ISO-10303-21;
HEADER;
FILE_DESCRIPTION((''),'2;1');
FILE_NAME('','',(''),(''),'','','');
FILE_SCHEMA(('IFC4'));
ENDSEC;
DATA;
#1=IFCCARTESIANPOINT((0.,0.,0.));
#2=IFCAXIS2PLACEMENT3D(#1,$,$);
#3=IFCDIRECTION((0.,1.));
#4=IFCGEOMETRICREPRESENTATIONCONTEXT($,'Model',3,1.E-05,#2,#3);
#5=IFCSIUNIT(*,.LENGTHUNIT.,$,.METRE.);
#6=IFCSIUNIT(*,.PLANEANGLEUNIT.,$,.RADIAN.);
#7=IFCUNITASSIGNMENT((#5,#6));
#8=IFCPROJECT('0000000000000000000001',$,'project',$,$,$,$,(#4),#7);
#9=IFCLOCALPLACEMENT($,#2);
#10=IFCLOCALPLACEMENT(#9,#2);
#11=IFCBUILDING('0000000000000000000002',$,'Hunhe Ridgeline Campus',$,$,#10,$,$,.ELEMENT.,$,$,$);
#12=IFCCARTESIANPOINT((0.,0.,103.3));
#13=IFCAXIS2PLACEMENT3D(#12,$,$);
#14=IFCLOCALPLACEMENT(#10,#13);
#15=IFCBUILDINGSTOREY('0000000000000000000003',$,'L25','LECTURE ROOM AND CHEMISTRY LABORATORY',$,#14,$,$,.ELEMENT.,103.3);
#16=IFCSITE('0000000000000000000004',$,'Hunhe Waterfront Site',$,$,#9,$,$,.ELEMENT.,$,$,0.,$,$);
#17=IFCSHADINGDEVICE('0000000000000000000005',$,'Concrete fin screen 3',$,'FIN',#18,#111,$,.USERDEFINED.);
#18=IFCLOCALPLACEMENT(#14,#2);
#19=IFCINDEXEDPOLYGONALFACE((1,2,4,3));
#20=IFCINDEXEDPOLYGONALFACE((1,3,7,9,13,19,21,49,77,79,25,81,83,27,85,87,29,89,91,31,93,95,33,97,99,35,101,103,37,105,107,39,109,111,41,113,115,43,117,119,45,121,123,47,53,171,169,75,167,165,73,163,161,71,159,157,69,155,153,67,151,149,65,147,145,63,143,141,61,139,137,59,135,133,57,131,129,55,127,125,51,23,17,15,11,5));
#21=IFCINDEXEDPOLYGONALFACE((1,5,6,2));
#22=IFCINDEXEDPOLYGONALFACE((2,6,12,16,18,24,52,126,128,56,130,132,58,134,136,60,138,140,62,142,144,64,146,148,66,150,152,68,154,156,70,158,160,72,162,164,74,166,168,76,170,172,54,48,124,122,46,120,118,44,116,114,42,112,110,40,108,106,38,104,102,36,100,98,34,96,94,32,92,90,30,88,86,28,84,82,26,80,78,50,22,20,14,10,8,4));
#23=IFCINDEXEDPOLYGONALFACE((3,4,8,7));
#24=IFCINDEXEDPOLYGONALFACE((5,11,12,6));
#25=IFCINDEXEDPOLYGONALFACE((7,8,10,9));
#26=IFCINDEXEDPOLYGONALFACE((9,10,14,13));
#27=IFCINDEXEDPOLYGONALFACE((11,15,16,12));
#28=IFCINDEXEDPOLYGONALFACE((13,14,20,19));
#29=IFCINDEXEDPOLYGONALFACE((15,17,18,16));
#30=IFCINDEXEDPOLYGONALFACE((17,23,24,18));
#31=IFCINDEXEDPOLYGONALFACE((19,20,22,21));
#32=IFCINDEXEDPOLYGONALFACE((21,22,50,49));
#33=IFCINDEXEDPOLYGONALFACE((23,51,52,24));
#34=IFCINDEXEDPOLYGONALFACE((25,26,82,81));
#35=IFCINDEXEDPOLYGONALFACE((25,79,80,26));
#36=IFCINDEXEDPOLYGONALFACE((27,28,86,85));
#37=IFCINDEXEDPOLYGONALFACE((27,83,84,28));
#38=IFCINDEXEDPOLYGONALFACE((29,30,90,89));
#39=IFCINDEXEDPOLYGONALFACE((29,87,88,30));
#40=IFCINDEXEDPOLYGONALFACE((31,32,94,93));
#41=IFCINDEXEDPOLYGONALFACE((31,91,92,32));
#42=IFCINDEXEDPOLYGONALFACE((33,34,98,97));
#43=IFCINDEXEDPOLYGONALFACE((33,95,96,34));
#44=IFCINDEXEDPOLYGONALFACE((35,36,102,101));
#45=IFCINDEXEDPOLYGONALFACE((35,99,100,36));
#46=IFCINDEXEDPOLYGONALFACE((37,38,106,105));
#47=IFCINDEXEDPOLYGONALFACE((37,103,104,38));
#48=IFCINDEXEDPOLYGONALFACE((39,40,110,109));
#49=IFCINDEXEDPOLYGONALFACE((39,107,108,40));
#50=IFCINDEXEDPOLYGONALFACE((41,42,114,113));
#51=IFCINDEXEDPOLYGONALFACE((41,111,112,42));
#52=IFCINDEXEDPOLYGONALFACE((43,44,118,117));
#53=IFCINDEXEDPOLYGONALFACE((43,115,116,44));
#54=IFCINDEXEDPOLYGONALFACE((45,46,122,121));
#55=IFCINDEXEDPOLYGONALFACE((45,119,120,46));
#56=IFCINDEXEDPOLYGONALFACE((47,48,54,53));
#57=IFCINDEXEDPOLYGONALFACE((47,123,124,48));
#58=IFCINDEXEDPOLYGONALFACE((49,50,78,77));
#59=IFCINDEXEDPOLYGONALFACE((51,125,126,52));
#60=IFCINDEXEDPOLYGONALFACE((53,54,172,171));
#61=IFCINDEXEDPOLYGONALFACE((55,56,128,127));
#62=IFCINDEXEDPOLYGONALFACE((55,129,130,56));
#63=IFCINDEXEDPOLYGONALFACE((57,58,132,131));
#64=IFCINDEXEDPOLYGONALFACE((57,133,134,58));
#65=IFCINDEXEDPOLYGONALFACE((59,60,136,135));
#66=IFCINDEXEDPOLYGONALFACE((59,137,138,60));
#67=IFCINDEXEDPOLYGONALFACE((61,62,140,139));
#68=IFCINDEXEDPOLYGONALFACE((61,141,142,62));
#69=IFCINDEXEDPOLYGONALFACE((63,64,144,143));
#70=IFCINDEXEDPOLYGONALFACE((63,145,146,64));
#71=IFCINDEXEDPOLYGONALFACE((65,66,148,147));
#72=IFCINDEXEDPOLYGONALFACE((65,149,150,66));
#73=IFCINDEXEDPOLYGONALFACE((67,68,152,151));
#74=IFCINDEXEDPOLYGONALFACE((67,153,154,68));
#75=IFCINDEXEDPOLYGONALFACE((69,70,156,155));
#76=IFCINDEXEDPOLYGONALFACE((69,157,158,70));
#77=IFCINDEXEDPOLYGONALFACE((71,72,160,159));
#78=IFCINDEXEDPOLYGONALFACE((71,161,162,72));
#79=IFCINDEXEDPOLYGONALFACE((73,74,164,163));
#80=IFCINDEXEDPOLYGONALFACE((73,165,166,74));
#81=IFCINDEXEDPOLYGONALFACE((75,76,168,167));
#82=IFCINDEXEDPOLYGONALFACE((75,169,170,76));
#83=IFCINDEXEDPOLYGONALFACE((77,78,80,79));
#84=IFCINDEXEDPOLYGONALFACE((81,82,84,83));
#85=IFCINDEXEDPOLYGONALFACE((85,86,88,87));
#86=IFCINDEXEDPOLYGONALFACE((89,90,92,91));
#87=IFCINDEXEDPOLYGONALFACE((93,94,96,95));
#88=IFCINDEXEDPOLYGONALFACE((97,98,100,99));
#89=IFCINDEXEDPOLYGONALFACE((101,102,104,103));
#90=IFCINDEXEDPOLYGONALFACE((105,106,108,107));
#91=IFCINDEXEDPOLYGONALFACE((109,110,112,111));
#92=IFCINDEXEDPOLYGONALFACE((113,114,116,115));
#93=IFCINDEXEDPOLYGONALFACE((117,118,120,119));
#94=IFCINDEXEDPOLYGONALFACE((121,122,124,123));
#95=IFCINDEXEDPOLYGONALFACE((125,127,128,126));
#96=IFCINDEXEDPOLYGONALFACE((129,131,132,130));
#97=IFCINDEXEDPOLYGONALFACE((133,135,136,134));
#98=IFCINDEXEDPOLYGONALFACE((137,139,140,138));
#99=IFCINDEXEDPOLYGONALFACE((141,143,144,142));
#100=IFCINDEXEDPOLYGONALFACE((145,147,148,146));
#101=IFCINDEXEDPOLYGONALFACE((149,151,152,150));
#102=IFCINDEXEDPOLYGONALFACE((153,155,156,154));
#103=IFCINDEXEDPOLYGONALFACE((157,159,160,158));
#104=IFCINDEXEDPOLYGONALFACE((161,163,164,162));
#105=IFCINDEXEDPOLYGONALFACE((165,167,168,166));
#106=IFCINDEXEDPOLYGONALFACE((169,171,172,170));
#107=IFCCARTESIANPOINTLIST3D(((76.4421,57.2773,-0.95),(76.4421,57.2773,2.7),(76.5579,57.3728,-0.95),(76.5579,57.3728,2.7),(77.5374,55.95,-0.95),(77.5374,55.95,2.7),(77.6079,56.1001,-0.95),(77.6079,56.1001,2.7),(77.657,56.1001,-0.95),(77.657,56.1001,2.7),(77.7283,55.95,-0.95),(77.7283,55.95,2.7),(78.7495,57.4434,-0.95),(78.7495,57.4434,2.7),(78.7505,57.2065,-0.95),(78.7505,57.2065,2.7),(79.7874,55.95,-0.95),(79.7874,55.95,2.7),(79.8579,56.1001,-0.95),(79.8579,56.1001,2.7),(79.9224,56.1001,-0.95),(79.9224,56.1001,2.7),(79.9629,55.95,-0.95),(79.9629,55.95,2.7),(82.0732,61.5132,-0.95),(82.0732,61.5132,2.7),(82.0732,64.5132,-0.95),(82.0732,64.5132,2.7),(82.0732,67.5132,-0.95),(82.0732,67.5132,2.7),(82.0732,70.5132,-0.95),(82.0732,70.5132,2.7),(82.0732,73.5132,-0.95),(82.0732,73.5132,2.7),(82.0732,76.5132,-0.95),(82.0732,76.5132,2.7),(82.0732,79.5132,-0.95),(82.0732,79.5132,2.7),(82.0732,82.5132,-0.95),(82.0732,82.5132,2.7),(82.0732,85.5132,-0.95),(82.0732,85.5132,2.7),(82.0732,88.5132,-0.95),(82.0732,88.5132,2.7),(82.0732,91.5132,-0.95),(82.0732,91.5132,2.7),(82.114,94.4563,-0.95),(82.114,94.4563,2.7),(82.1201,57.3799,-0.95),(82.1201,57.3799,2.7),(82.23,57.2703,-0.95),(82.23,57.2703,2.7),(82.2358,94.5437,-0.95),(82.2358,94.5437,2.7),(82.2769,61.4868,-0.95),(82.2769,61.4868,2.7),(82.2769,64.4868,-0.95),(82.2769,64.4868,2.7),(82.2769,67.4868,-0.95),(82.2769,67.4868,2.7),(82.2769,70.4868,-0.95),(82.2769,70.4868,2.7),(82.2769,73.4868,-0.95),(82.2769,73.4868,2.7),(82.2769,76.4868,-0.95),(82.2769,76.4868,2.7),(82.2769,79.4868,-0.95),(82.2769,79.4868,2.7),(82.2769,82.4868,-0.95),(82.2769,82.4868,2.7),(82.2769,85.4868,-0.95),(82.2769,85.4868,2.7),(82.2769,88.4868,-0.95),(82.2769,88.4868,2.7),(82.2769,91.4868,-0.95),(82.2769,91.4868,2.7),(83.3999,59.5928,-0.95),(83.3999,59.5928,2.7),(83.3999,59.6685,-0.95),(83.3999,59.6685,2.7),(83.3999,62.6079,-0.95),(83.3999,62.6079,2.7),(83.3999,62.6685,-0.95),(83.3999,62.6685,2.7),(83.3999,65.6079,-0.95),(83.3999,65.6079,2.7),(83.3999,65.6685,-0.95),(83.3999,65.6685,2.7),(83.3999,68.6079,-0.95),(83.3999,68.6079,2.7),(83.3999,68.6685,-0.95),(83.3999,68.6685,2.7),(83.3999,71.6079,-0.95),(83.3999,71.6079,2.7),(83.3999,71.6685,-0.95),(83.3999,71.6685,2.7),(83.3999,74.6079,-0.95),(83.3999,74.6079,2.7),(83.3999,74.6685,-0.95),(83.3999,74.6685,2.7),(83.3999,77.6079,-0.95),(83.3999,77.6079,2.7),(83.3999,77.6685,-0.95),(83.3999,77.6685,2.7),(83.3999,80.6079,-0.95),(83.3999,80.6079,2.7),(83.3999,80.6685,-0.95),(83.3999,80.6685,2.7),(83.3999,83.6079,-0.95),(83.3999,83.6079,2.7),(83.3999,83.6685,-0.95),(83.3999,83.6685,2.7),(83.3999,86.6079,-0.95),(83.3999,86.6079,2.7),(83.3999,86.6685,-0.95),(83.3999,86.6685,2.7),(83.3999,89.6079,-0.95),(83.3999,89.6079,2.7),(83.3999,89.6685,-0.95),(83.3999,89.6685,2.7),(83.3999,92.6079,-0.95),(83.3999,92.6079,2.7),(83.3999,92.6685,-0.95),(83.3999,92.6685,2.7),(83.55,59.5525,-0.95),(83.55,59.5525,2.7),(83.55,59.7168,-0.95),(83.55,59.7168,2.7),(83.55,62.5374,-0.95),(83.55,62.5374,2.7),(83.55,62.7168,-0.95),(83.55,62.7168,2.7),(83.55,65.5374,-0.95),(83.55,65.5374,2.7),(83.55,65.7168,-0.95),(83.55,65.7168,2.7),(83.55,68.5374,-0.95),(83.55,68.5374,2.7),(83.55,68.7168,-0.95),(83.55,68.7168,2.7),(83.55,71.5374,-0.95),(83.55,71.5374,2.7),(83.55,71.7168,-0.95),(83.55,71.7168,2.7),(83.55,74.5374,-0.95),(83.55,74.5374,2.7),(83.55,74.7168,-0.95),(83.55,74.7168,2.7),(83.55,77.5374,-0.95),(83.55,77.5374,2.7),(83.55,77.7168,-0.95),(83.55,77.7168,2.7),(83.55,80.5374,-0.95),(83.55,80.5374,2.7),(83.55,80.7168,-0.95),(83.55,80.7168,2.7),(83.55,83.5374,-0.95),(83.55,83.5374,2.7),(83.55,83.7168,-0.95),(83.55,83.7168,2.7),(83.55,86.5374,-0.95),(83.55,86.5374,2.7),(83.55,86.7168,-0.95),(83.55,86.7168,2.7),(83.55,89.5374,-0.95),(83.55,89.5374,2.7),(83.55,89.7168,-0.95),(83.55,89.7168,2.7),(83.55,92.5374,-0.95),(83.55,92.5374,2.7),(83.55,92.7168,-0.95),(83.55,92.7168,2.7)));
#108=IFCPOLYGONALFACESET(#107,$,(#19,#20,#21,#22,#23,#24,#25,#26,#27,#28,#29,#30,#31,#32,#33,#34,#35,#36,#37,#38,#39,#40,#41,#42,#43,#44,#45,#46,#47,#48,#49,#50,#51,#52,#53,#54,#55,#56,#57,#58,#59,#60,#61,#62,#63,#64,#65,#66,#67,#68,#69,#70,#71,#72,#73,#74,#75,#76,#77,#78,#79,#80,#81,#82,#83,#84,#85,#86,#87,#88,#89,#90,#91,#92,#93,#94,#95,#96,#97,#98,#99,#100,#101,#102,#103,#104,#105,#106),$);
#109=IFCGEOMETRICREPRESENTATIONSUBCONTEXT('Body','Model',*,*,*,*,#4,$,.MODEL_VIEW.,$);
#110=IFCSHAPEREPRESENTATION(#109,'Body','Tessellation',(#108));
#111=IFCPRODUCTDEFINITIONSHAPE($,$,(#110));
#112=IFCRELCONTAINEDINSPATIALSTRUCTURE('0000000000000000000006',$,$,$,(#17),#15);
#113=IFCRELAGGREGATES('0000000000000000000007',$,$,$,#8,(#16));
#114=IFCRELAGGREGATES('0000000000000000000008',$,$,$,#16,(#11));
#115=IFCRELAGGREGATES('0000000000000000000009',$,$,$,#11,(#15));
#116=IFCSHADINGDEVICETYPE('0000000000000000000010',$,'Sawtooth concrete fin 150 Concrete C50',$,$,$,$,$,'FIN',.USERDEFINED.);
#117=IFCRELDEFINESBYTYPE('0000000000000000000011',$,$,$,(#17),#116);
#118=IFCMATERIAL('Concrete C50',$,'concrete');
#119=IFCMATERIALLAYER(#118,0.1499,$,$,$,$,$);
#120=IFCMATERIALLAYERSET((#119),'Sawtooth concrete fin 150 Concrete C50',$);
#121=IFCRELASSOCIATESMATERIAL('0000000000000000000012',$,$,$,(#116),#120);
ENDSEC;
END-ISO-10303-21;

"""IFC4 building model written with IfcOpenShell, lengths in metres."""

from ifc_helpers import new_model, si_unit, direction, frame, origin, place, context, subcontext, project, spatial, polyline, outline, extrude, material, layer, layer_set, type_object, element, save


model = new_model("IFC4")

# Units and contexts
model_context = context("Model", 3, precision=1e-05, world=origin(), true_north=direction((0.0, 1.0)))
body_context = subcontext(model_context, "Body", "Model", "MODEL_VIEW")
ifc_project = project(units=[si_unit("LENGTHUNIT", "METRE"), si_unit("PLANEANGLEUNIT", "RADIAN")], contexts=[model_context])

# Site, building, storey
site_placement = place(None, origin())
site = spatial("IfcSite", under=ifc_project, at=site_placement, Name="Hunhe Waterfront Site", CompositionType="ELEMENT", RefElevation=0.0)
building_placement = place(site_placement, origin())
building = spatial("IfcBuilding", under=site, at=building_placement, Name="Hunhe Ridgeline Campus", CompositionType="ELEMENT")
storey_placement = place(building_placement, frame((0.0, 0.0, 103.3)))
storey = spatial("IfcBuildingStorey", under=building, at=storey_placement, Name="L25", Description="LECTURE ROOM AND CHEMISTRY LABORATORY", CompositionType="ELEMENT", Elevation=103.3)

# Shading device
ifc_material_1 = material(Name="Concrete C50", Category="concrete")
ifc_layer_1 = layer(ifc_material_1, 0.1499)
ifc_layer_set_1 = layer_set([ifc_layer_1], Name="Sawtooth concrete fin 150 Concrete C50")
shading_device_type = type_object("IfcShadingDeviceType", Name="Sawtooth concrete fin 150 Concrete C50", ElementType="FIN", PredefinedType="USERDEFINED", material=ifc_layer_set_1)
shading_device_1_placement = place(storey_placement, frame((0.0, 0.0, -0.95)))
element("IfcShadingDevice", 1, at=shading_device_1_placement, inside=storey, type_object=shading_device_type, Name="Concrete fin screen 3", ObjectType="FIN", PredefinedType="USERDEFINED", context=body_context, shape_type="SweptSolid", body=[
    extrude(outline(polyline([(76.5579, 57.3728), (76.4421, 57.2773), (77.5374, 55.95), (77.7283, 55.95), (78.7505, 57.2065), (79.7874, 55.95), (79.9629, 55.95), (82.23, 57.2703), (83.55, 59.5525), (83.55, 59.7168), (82.2769, 61.4868), (83.55, 62.5374), (83.55, 62.7168), (82.2769, 64.4868), (83.55, 65.5374), (83.55, 65.7168), (82.2769, 67.4868), (83.55, 68.5374), (83.55, 68.7168), (82.2769, 70.4868), (83.55, 71.5374), (83.55, 71.7168), (82.2769, 73.4868), (83.55, 74.5374), (83.55, 74.7168), (82.2769, 76.4868), (83.55, 77.5374), (83.55, 77.7168), (82.2769, 79.4868), (83.55, 80.5374), (83.55, 80.7168), (82.2769, 82.4868), (83.55, 83.5374), (83.55, 83.7168), (82.2769, 85.4868), (83.55, 86.5374), (83.55, 86.7168), (82.2769, 88.4868), (83.55, 89.5374), (83.55, 89.7168), (82.2769, 91.4868), (83.55, 92.5374), (83.55, 92.7168), (82.2358, 94.5437), (82.114, 94.4563), (83.3999, 92.6685), (83.3999, 92.6079), (82.0732, 91.5132), (83.3999, 89.6685), (83.3999, 89.6079), (82.0732, 88.5132), (83.3999, 86.6685), (83.3999, 86.6079), (82.0732, 85.5132), (83.3999, 83.6685), (83.3999, 83.6079), (82.0732, 82.5132), (83.3999, 80.6685), (83.3999, 80.6079), (82.0732, 79.5132), (83.3999, 77.6685), (83.3999, 77.6079), (82.0732, 76.5132), (83.3999, 74.6685), (83.3999, 74.6079), (82.0732, 73.5132), (83.3999, 71.6685), (83.3999, 71.6079), (82.0732, 70.5132), (83.3999, 68.6685), (83.3999, 68.6079), (82.0732, 67.5132), (83.3999, 65.6685), (83.3999, 65.6079), (82.0732, 64.5132), (83.3999, 62.6685), (83.3999, 62.6079), (82.0732, 61.5132), (83.3999, 59.6685), (83.3999, 59.5928), (82.1201, 57.3799), (79.9224, 56.1001), (79.8579, 56.1001), (78.7495, 57.4434), (77.657, 56.1001), (77.6079, 56.1001), (76.5579, 57.3728)])), origin(), (0.0, 0.0, 1.0), 3.6499),
])

save(model, "model.ifc")
